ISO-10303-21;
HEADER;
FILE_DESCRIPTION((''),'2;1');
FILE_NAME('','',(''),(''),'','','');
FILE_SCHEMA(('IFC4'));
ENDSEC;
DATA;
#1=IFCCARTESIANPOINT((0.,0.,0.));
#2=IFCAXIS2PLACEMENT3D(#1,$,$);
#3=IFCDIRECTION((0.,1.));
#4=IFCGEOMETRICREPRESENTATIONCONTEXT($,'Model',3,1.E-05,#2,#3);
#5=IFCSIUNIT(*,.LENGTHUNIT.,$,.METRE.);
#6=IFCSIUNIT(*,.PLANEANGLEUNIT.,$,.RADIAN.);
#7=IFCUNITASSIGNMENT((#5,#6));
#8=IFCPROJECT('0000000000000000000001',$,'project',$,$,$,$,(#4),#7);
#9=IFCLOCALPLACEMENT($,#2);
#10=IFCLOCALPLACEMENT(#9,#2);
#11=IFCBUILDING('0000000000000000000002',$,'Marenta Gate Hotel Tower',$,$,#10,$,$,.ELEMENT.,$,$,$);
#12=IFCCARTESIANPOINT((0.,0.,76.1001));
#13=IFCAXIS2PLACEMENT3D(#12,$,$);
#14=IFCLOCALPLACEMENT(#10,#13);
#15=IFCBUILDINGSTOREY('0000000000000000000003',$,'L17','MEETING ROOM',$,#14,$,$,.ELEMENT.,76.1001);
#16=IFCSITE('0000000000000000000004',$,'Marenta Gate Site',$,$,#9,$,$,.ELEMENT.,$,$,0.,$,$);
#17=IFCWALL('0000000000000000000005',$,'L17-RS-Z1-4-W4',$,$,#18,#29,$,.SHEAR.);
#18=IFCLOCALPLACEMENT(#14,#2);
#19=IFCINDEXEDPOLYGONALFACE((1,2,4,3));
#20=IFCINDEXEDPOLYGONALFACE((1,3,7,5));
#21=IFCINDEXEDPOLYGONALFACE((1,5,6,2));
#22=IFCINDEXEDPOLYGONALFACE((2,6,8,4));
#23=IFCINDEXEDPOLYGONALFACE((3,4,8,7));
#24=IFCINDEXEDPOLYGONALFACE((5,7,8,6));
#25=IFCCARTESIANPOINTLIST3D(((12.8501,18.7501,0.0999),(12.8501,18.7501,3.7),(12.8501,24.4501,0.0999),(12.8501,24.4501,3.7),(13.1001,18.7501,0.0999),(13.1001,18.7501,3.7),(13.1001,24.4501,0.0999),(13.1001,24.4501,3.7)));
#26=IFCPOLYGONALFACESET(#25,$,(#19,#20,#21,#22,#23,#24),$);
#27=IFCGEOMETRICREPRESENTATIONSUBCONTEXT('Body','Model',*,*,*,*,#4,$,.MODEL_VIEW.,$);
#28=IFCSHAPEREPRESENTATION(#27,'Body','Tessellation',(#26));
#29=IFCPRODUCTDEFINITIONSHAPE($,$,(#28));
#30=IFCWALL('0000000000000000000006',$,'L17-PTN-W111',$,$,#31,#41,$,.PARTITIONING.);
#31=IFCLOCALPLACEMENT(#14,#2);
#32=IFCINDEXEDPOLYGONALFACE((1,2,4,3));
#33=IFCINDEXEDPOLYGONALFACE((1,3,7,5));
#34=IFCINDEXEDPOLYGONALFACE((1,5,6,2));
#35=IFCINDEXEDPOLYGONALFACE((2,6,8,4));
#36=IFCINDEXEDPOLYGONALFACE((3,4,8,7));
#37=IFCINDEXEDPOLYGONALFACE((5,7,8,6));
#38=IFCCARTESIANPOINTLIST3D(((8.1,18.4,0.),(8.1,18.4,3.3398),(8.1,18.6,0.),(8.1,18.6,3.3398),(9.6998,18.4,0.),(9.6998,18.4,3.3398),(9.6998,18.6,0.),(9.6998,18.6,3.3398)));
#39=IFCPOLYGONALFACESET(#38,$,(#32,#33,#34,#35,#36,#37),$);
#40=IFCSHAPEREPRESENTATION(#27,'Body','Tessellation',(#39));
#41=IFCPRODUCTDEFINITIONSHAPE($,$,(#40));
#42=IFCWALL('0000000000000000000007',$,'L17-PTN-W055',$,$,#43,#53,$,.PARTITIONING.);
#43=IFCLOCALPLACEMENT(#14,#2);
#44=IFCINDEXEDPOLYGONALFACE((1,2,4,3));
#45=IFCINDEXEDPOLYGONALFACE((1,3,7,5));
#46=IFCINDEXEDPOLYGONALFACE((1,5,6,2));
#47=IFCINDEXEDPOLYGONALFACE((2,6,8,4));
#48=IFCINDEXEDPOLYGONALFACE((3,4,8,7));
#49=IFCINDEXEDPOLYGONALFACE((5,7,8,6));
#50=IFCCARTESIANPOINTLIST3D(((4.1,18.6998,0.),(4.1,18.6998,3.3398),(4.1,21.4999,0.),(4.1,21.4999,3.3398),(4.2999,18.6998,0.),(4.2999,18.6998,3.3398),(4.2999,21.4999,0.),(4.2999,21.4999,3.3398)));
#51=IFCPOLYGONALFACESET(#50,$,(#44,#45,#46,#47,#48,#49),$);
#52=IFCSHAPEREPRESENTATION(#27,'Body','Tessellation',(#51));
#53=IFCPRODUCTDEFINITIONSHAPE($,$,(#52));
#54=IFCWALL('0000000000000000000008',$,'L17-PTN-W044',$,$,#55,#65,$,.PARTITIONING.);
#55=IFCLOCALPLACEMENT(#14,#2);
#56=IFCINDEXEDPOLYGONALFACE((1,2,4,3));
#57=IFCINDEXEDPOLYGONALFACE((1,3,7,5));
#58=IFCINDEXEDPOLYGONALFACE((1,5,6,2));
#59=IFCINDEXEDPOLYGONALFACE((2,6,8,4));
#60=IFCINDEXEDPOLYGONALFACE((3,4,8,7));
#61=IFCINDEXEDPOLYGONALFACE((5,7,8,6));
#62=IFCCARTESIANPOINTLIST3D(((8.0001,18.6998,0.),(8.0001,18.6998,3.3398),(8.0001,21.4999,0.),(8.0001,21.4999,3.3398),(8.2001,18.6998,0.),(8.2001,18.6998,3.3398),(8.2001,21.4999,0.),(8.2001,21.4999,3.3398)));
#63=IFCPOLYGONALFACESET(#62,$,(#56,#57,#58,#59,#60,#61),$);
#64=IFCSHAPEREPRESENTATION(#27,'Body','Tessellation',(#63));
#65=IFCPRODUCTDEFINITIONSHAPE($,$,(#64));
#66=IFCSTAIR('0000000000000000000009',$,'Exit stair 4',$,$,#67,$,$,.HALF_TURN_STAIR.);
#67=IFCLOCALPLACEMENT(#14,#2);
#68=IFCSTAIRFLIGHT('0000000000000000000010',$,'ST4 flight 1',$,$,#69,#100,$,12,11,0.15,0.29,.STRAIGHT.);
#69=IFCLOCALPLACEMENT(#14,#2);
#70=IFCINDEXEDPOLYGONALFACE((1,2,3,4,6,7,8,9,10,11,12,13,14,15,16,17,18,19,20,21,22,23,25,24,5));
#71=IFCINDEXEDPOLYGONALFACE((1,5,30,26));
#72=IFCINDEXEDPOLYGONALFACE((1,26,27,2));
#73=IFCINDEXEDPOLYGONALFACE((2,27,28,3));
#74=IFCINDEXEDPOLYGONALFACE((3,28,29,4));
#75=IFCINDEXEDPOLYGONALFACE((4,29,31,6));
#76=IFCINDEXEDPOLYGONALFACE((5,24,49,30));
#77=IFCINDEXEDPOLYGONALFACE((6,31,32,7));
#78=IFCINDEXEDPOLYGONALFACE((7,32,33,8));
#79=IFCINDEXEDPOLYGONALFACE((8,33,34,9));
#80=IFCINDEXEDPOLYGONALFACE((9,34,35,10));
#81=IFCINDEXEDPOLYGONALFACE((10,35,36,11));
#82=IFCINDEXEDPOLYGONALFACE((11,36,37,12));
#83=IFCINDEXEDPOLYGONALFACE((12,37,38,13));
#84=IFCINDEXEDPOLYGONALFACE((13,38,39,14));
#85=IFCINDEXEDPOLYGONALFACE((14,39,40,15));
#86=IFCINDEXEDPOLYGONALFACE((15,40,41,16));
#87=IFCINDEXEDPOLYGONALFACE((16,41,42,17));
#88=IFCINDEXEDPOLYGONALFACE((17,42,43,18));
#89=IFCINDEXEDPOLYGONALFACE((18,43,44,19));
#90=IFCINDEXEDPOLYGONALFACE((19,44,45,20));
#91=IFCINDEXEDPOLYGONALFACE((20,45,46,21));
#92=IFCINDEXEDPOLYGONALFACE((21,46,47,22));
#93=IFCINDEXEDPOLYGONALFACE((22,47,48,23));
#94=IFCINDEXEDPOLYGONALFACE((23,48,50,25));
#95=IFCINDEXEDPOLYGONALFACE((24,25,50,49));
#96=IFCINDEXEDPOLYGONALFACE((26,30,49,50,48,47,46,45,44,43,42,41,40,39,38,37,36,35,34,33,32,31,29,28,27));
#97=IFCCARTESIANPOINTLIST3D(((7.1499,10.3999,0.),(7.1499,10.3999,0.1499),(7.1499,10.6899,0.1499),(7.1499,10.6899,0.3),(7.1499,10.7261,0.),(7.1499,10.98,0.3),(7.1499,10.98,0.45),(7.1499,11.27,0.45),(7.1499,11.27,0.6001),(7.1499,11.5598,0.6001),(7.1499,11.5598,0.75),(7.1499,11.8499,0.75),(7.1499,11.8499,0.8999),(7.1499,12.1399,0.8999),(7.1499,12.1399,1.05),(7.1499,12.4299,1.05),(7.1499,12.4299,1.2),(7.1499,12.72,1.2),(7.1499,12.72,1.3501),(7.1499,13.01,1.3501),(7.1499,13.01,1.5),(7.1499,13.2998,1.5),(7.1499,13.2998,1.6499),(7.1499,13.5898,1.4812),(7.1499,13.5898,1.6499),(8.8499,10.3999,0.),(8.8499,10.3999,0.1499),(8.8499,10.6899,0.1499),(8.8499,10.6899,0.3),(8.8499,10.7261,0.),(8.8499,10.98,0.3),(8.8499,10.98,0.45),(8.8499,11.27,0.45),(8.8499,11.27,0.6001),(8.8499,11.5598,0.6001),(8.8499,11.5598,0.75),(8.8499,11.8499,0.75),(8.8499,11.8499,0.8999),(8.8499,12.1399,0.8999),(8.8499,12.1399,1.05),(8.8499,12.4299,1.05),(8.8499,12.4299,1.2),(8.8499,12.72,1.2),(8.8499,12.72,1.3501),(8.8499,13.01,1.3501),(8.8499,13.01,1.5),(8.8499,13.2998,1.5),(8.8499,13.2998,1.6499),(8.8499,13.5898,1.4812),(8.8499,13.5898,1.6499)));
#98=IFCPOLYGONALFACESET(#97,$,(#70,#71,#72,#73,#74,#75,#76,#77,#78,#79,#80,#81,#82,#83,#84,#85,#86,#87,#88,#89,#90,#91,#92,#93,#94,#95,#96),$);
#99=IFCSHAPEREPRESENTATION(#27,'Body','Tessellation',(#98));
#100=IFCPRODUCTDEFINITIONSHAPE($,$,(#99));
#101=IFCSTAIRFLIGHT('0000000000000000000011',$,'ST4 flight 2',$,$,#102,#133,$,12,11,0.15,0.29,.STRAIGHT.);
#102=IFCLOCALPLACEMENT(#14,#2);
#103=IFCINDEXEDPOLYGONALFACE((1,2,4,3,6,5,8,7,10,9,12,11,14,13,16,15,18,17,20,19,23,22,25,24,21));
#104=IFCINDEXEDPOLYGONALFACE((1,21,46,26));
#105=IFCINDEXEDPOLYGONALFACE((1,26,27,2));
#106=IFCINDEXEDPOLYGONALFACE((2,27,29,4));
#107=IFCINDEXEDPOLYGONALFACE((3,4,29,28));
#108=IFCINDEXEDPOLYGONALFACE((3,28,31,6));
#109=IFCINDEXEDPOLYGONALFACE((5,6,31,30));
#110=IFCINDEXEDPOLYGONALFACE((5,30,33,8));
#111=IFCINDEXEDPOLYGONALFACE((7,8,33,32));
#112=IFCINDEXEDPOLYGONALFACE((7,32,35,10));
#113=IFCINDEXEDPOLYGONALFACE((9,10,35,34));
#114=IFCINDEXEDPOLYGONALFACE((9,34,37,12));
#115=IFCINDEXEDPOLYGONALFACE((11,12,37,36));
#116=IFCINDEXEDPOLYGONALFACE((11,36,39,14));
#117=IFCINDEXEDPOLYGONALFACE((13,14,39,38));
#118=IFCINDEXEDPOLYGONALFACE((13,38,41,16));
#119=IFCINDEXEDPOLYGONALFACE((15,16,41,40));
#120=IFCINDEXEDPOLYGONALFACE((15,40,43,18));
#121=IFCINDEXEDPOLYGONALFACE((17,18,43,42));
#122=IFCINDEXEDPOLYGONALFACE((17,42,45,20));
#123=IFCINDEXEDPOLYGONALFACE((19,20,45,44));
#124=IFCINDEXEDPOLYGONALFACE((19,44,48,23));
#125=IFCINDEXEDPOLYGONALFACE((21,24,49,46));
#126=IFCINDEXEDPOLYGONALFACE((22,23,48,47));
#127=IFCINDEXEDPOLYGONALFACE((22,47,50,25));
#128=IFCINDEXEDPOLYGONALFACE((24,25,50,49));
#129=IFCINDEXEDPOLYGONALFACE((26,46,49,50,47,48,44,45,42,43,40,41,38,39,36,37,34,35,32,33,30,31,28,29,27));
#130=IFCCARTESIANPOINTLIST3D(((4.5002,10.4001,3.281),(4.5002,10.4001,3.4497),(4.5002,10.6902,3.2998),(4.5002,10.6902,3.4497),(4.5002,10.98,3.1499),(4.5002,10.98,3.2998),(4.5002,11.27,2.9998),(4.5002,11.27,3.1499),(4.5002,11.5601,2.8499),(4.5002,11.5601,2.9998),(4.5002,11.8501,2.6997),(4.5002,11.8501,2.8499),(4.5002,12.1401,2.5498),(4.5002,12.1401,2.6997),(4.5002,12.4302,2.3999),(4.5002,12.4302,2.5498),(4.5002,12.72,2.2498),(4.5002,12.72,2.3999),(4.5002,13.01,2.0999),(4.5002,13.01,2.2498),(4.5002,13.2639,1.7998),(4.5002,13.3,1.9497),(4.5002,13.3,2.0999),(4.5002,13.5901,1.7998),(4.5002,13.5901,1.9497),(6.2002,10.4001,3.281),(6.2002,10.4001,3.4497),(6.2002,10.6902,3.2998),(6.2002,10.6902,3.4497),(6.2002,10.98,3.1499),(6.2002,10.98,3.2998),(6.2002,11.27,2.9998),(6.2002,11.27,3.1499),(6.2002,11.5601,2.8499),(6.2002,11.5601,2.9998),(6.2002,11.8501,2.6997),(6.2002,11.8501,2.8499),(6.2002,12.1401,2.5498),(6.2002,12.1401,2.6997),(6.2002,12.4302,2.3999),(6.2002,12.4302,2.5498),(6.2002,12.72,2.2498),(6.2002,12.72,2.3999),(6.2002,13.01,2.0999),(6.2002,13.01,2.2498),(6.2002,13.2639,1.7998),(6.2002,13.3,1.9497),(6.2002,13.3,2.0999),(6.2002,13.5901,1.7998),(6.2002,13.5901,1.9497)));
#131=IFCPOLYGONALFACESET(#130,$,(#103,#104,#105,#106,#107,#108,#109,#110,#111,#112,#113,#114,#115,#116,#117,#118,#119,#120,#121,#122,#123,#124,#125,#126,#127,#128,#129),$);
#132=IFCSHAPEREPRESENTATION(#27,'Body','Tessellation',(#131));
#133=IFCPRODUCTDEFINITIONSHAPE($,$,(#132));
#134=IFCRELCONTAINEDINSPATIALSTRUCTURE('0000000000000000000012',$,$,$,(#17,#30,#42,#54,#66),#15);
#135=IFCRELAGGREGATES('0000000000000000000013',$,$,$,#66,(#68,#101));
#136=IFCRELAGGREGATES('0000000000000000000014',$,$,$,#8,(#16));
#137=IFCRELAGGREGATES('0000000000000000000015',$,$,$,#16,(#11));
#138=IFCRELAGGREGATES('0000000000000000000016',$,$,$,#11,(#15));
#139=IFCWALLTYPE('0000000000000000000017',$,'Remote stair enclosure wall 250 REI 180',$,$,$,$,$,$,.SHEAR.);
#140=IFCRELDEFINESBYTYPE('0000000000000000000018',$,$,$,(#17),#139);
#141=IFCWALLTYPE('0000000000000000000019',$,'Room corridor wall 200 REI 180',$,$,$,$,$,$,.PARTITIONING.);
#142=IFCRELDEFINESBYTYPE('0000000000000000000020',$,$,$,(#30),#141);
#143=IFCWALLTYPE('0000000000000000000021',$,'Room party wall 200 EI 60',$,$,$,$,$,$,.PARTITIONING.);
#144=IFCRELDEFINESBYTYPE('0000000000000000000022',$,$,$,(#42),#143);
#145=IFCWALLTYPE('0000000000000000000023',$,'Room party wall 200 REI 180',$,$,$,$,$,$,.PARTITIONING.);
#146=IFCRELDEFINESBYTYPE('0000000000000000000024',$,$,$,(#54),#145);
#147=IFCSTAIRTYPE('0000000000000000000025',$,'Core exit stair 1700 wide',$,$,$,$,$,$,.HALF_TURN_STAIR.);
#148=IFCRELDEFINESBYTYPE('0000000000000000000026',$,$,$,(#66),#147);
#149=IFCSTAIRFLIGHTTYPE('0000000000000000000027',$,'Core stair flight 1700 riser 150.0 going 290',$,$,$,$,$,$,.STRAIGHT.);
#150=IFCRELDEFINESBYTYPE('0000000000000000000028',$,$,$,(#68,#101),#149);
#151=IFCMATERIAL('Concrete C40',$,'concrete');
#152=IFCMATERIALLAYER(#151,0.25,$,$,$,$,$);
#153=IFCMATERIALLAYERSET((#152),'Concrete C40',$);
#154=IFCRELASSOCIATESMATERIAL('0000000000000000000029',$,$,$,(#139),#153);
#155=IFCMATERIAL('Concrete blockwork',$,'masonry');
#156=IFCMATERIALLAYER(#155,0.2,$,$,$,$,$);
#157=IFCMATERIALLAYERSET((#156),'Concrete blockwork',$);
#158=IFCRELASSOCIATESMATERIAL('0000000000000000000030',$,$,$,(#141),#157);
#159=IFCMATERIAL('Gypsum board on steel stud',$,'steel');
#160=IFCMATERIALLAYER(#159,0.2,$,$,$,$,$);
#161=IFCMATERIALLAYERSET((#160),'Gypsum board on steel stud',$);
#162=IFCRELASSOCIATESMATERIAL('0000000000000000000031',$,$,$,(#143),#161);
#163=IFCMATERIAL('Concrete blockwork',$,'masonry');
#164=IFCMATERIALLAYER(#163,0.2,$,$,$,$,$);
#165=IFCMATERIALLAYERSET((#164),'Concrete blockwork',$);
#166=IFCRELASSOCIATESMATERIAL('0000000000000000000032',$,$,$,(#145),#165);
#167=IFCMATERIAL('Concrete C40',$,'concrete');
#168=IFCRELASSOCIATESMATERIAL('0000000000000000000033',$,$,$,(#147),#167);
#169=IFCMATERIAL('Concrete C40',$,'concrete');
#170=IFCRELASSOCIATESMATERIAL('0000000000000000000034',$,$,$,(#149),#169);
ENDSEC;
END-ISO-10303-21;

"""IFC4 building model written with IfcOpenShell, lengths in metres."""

from ifc_helpers import new_model, si_unit, direction, frame, frame_2d, origin, place, context, subcontext, project, spatial, polyline, rectangle, outline, extrude, material, layer, layer_set, type_object, element, aggregate, save


model = new_model("IFC4")

# Units and contexts
model_context = context("Model", 3, precision=1e-05, world=origin(), true_north=direction((0.0, 1.0)))
body_context = subcontext(model_context, "Body", "Model", "MODEL_VIEW")
ifc_project = project(units=[si_unit("LENGTHUNIT", "METRE"), si_unit("PLANEANGLEUNIT", "RADIAN")], contexts=[model_context])

# Site, building, storey
site_placement = place(None, origin())
site = spatial("IfcSite", under=ifc_project, at=site_placement, Name="Marenta Gate Site", CompositionType="ELEMENT", RefElevation=0.0)
building_placement = place(site_placement, origin())
building = spatial("IfcBuilding", under=site, at=building_placement, Name="Marenta Gate Hotel Tower", CompositionType="ELEMENT")
storey_placement = place(building_placement, frame((0.0, 0.0, 76.1001)))
storey = spatial("IfcBuildingStorey", under=building, at=storey_placement, Name="L17", Description="MEETING ROOM", CompositionType="ELEMENT", Elevation=76.1001)

# Shared definitions
ifc_material_1 = material(Name="Concrete C40", Category="concrete")
ifc_layer_1 = layer(ifc_material_1, 0.25)
ifc_layer_set_1 = layer_set([ifc_layer_1], Name="Concrete C40")
wall_type_1 = type_object("IfcWallType", Name="Remote stair enclosure wall 250 REI 180", PredefinedType="SHEAR", material=ifc_layer_set_1)

# Wall
wall_1_placement = place(storey_placement, frame((12.9751, 18.75, 0.0999), z_axis=(0.0, 0.0, 1.0), x_axis=(0.0, 1.0, 0.0)))
element("IfcWall", 1, at=wall_1_placement, inside=storey, type_object=wall_type_1, Name="L17-RS-Z1-4-W4", PredefinedType="SHEAR", context=body_context, shape_type="SweptSolid", body=[
    extrude(rectangle(XDim=5.7, YDim=0.25, at=frame_2d((2.8501, 0.0))), origin(), (0.0, 0.0, 1.0), 3.6001),
])

# Walls
ifc_material_2 = material(Name="Concrete blockwork", Category="masonry")
ifc_layer_2 = layer(ifc_material_2, 0.2)
ifc_layer_set_2 = layer_set([ifc_layer_2], Name="Concrete blockwork")
wall_type_2 = type_object("IfcWallType", Name="Room corridor wall 200 REI 180", PredefinedType="PARTITIONING", material=ifc_layer_set_2)
wall_2_placement = place(storey_placement, frame((8.1001, 18.5, 0.0), z_axis=(0.0, 0.0, 1.0), x_axis=(1.0, 0.0, 0.0)))
element("IfcWall", 2, at=wall_2_placement, inside=storey, type_object=wall_type_2, Name="L17-PTN-W111", PredefinedType="PARTITIONING", context=body_context, shape_type="SweptSolid", body=[
    extrude(rectangle(XDim=1.5999, YDim=0.2, at=frame_2d((0.7998, 0.0))), origin(), (0.0, 0.0, 1.0), 3.3398),
])
ifc_material_3 = material(Name="Gypsum board on steel stud", Category="steel")
ifc_layer_3 = layer(ifc_material_3, 0.2)
ifc_layer_set_3 = layer_set([ifc_layer_3], Name="Gypsum board on steel stud")
wall_type_3 = type_object("IfcWallType", Name="Room party wall 200 EI 60", PredefinedType="PARTITIONING", material=ifc_layer_set_3)
wall_3_placement = place(storey_placement, frame((4.2, 18.7, 0.0), z_axis=(0.0, 0.0, 1.0), x_axis=(0.0, 1.0, 0.0)))
element("IfcWall", 3, at=wall_3_placement, inside=storey, type_object=wall_type_3, Name="L17-PTN-W055", PredefinedType="PARTITIONING", context=body_context, shape_type="SweptSolid", body=[
    extrude(rectangle(XDim=2.8, YDim=0.2, at=frame_2d((1.3999, 0.0))), origin(), (0.0, 0.0, 1.0), 3.3398),
])
ifc_material_4 = material(Name="Concrete blockwork", Category="masonry")
ifc_layer_4 = layer(ifc_material_4, 0.2)
ifc_layer_set_4 = layer_set([ifc_layer_4], Name="Concrete blockwork")
wall_type_4 = type_object("IfcWallType", Name="Room party wall 200 REI 180", PredefinedType="PARTITIONING", material=ifc_layer_set_4)
wall_4_placement = place(storey_placement, frame((8.1001, 18.7, 0.0), z_axis=(0.0, 0.0, 1.0), x_axis=(0.0, 1.0, 0.0)))
element("IfcWall", 4, at=wall_4_placement, inside=storey, type_object=wall_type_4, Name="L17-PTN-W044", PredefinedType="PARTITIONING", context=body_context, shape_type="SweptSolid", body=[
    extrude(rectangle(XDim=2.8, YDim=0.2, at=frame_2d((1.3999, 0.0))), origin(), (0.0, 0.0, 1.0), 3.3398),
])

# Stair, stair flights
ifc_material_5 = material(Name="Concrete C40", Category="concrete")
stair_type = type_object("IfcStairType", Name="Core exit stair 1700 wide", PredefinedType="HALF_TURN_STAIR", material=ifc_material_5)
stair_placement = place(storey_placement, origin())
stair = element("IfcStair", 5, at=stair_placement, inside=storey, type_object=stair_type, Name="Exit stair 4", PredefinedType="HALF_TURN_STAIR")
ifc_material_6 = material(Name="Concrete C40", Category="concrete")
stair_flight_type = type_object("IfcStairFlightType", Name="Core stair flight 1700 riser 150.0 going 290", PredefinedType="STRAIGHT", material=ifc_material_6)
stair_flight_1_placement = place(storey_placement, frame((8.0, 10.3999, 0.0), z_axis=(0.0, 0.0, 1.0), x_axis=(0.0, 1.0, 0.0)))
stair_flight_1 = element("IfcStairFlight", 6, at=stair_flight_1_placement, type_object=stair_flight_type, Name="ST4 flight 1", NumberOfRisers=12, NumberOfTreads=11, PredefinedType="STRAIGHT", RiserHeight=0.15, TreadLength=0.29, context=body_context, shape_type="SweptSolid", body=[
    extrude(outline(polyline([(0.0, 0.0), (0.0, 0.1499), (0.29, 0.1499), (0.29, 0.3), (0.5801, 0.3), (0.5801, 0.45), (0.8701, 0.45), (0.8701, 0.6001), (1.1599, 0.6001), (1.1599, 0.75), (1.45, 0.75), (1.45, 0.8999), (1.74, 0.8999), (1.74, 1.05), (2.03, 1.05), (2.03, 1.2), (2.3201, 1.2), (2.3201, 1.3501), (2.6101, 1.3501), (2.6101, 1.5), (2.8999, 1.5), (2.8999, 1.6499), (3.1899, 1.6499), (3.1899, 1.8), (3.1899, 1.4812), (0.3262, 0.0), (0.0, 0.0)])), frame((0.0, 0.8501, 0.0), z_axis=(0.0, -1.0, 0.0), x_axis=(1.0, 0.0, 0.0)), (0.0, 0.0, 1.0), 1.7),
])
stair_flight_2_placement = place(storey_placement, frame((5.3501, 13.5901, 1.7998), z_axis=(0.0, 0.0, 1.0), x_axis=(0.0, -1.0, 0.0)))
stair_flight_2 = element("IfcStairFlight", 7, at=stair_flight_2_placement, type_object=stair_flight_type, Name="ST4 flight 2", NumberOfRisers=12, NumberOfTreads=11, PredefinedType="STRAIGHT", RiserHeight=0.15, TreadLength=0.29, context=body_context, shape_type="SweptSolid", body=[
    extrude(outline(polyline([(0.0, 0.0), (0.0, 0.1499), (0.29, 0.1499), (0.29, 0.3), (0.5801, 0.3), (0.5801, 0.45), (0.8701, 0.45), (0.8701, 0.6001), (1.1599, 0.6001), (1.1599, 0.75), (1.45, 0.75), (1.45, 0.8999), (1.74, 0.8999), (1.74, 1.05), (2.03, 1.05), (2.03, 1.2), (2.3201, 1.2), (2.3201, 1.3501), (2.6101, 1.3501), (2.6101, 1.5), (2.8999, 1.5), (2.8999, 1.6499), (3.1899, 1.6499), (3.1899, 1.8), (3.1899, 1.4812), (0.3262, 0.0), (0.0, 0.0)])), frame((0.0, 0.8501, 0.0), z_axis=(0.0, -1.0, 0.0), x_axis=(1.0, 0.0, 0.0)), (0.0, 0.0, 1.0), 1.7),
])
aggregate(stair, [stair_flight_1, stair_flight_2])

save(model, "model.ifc")
